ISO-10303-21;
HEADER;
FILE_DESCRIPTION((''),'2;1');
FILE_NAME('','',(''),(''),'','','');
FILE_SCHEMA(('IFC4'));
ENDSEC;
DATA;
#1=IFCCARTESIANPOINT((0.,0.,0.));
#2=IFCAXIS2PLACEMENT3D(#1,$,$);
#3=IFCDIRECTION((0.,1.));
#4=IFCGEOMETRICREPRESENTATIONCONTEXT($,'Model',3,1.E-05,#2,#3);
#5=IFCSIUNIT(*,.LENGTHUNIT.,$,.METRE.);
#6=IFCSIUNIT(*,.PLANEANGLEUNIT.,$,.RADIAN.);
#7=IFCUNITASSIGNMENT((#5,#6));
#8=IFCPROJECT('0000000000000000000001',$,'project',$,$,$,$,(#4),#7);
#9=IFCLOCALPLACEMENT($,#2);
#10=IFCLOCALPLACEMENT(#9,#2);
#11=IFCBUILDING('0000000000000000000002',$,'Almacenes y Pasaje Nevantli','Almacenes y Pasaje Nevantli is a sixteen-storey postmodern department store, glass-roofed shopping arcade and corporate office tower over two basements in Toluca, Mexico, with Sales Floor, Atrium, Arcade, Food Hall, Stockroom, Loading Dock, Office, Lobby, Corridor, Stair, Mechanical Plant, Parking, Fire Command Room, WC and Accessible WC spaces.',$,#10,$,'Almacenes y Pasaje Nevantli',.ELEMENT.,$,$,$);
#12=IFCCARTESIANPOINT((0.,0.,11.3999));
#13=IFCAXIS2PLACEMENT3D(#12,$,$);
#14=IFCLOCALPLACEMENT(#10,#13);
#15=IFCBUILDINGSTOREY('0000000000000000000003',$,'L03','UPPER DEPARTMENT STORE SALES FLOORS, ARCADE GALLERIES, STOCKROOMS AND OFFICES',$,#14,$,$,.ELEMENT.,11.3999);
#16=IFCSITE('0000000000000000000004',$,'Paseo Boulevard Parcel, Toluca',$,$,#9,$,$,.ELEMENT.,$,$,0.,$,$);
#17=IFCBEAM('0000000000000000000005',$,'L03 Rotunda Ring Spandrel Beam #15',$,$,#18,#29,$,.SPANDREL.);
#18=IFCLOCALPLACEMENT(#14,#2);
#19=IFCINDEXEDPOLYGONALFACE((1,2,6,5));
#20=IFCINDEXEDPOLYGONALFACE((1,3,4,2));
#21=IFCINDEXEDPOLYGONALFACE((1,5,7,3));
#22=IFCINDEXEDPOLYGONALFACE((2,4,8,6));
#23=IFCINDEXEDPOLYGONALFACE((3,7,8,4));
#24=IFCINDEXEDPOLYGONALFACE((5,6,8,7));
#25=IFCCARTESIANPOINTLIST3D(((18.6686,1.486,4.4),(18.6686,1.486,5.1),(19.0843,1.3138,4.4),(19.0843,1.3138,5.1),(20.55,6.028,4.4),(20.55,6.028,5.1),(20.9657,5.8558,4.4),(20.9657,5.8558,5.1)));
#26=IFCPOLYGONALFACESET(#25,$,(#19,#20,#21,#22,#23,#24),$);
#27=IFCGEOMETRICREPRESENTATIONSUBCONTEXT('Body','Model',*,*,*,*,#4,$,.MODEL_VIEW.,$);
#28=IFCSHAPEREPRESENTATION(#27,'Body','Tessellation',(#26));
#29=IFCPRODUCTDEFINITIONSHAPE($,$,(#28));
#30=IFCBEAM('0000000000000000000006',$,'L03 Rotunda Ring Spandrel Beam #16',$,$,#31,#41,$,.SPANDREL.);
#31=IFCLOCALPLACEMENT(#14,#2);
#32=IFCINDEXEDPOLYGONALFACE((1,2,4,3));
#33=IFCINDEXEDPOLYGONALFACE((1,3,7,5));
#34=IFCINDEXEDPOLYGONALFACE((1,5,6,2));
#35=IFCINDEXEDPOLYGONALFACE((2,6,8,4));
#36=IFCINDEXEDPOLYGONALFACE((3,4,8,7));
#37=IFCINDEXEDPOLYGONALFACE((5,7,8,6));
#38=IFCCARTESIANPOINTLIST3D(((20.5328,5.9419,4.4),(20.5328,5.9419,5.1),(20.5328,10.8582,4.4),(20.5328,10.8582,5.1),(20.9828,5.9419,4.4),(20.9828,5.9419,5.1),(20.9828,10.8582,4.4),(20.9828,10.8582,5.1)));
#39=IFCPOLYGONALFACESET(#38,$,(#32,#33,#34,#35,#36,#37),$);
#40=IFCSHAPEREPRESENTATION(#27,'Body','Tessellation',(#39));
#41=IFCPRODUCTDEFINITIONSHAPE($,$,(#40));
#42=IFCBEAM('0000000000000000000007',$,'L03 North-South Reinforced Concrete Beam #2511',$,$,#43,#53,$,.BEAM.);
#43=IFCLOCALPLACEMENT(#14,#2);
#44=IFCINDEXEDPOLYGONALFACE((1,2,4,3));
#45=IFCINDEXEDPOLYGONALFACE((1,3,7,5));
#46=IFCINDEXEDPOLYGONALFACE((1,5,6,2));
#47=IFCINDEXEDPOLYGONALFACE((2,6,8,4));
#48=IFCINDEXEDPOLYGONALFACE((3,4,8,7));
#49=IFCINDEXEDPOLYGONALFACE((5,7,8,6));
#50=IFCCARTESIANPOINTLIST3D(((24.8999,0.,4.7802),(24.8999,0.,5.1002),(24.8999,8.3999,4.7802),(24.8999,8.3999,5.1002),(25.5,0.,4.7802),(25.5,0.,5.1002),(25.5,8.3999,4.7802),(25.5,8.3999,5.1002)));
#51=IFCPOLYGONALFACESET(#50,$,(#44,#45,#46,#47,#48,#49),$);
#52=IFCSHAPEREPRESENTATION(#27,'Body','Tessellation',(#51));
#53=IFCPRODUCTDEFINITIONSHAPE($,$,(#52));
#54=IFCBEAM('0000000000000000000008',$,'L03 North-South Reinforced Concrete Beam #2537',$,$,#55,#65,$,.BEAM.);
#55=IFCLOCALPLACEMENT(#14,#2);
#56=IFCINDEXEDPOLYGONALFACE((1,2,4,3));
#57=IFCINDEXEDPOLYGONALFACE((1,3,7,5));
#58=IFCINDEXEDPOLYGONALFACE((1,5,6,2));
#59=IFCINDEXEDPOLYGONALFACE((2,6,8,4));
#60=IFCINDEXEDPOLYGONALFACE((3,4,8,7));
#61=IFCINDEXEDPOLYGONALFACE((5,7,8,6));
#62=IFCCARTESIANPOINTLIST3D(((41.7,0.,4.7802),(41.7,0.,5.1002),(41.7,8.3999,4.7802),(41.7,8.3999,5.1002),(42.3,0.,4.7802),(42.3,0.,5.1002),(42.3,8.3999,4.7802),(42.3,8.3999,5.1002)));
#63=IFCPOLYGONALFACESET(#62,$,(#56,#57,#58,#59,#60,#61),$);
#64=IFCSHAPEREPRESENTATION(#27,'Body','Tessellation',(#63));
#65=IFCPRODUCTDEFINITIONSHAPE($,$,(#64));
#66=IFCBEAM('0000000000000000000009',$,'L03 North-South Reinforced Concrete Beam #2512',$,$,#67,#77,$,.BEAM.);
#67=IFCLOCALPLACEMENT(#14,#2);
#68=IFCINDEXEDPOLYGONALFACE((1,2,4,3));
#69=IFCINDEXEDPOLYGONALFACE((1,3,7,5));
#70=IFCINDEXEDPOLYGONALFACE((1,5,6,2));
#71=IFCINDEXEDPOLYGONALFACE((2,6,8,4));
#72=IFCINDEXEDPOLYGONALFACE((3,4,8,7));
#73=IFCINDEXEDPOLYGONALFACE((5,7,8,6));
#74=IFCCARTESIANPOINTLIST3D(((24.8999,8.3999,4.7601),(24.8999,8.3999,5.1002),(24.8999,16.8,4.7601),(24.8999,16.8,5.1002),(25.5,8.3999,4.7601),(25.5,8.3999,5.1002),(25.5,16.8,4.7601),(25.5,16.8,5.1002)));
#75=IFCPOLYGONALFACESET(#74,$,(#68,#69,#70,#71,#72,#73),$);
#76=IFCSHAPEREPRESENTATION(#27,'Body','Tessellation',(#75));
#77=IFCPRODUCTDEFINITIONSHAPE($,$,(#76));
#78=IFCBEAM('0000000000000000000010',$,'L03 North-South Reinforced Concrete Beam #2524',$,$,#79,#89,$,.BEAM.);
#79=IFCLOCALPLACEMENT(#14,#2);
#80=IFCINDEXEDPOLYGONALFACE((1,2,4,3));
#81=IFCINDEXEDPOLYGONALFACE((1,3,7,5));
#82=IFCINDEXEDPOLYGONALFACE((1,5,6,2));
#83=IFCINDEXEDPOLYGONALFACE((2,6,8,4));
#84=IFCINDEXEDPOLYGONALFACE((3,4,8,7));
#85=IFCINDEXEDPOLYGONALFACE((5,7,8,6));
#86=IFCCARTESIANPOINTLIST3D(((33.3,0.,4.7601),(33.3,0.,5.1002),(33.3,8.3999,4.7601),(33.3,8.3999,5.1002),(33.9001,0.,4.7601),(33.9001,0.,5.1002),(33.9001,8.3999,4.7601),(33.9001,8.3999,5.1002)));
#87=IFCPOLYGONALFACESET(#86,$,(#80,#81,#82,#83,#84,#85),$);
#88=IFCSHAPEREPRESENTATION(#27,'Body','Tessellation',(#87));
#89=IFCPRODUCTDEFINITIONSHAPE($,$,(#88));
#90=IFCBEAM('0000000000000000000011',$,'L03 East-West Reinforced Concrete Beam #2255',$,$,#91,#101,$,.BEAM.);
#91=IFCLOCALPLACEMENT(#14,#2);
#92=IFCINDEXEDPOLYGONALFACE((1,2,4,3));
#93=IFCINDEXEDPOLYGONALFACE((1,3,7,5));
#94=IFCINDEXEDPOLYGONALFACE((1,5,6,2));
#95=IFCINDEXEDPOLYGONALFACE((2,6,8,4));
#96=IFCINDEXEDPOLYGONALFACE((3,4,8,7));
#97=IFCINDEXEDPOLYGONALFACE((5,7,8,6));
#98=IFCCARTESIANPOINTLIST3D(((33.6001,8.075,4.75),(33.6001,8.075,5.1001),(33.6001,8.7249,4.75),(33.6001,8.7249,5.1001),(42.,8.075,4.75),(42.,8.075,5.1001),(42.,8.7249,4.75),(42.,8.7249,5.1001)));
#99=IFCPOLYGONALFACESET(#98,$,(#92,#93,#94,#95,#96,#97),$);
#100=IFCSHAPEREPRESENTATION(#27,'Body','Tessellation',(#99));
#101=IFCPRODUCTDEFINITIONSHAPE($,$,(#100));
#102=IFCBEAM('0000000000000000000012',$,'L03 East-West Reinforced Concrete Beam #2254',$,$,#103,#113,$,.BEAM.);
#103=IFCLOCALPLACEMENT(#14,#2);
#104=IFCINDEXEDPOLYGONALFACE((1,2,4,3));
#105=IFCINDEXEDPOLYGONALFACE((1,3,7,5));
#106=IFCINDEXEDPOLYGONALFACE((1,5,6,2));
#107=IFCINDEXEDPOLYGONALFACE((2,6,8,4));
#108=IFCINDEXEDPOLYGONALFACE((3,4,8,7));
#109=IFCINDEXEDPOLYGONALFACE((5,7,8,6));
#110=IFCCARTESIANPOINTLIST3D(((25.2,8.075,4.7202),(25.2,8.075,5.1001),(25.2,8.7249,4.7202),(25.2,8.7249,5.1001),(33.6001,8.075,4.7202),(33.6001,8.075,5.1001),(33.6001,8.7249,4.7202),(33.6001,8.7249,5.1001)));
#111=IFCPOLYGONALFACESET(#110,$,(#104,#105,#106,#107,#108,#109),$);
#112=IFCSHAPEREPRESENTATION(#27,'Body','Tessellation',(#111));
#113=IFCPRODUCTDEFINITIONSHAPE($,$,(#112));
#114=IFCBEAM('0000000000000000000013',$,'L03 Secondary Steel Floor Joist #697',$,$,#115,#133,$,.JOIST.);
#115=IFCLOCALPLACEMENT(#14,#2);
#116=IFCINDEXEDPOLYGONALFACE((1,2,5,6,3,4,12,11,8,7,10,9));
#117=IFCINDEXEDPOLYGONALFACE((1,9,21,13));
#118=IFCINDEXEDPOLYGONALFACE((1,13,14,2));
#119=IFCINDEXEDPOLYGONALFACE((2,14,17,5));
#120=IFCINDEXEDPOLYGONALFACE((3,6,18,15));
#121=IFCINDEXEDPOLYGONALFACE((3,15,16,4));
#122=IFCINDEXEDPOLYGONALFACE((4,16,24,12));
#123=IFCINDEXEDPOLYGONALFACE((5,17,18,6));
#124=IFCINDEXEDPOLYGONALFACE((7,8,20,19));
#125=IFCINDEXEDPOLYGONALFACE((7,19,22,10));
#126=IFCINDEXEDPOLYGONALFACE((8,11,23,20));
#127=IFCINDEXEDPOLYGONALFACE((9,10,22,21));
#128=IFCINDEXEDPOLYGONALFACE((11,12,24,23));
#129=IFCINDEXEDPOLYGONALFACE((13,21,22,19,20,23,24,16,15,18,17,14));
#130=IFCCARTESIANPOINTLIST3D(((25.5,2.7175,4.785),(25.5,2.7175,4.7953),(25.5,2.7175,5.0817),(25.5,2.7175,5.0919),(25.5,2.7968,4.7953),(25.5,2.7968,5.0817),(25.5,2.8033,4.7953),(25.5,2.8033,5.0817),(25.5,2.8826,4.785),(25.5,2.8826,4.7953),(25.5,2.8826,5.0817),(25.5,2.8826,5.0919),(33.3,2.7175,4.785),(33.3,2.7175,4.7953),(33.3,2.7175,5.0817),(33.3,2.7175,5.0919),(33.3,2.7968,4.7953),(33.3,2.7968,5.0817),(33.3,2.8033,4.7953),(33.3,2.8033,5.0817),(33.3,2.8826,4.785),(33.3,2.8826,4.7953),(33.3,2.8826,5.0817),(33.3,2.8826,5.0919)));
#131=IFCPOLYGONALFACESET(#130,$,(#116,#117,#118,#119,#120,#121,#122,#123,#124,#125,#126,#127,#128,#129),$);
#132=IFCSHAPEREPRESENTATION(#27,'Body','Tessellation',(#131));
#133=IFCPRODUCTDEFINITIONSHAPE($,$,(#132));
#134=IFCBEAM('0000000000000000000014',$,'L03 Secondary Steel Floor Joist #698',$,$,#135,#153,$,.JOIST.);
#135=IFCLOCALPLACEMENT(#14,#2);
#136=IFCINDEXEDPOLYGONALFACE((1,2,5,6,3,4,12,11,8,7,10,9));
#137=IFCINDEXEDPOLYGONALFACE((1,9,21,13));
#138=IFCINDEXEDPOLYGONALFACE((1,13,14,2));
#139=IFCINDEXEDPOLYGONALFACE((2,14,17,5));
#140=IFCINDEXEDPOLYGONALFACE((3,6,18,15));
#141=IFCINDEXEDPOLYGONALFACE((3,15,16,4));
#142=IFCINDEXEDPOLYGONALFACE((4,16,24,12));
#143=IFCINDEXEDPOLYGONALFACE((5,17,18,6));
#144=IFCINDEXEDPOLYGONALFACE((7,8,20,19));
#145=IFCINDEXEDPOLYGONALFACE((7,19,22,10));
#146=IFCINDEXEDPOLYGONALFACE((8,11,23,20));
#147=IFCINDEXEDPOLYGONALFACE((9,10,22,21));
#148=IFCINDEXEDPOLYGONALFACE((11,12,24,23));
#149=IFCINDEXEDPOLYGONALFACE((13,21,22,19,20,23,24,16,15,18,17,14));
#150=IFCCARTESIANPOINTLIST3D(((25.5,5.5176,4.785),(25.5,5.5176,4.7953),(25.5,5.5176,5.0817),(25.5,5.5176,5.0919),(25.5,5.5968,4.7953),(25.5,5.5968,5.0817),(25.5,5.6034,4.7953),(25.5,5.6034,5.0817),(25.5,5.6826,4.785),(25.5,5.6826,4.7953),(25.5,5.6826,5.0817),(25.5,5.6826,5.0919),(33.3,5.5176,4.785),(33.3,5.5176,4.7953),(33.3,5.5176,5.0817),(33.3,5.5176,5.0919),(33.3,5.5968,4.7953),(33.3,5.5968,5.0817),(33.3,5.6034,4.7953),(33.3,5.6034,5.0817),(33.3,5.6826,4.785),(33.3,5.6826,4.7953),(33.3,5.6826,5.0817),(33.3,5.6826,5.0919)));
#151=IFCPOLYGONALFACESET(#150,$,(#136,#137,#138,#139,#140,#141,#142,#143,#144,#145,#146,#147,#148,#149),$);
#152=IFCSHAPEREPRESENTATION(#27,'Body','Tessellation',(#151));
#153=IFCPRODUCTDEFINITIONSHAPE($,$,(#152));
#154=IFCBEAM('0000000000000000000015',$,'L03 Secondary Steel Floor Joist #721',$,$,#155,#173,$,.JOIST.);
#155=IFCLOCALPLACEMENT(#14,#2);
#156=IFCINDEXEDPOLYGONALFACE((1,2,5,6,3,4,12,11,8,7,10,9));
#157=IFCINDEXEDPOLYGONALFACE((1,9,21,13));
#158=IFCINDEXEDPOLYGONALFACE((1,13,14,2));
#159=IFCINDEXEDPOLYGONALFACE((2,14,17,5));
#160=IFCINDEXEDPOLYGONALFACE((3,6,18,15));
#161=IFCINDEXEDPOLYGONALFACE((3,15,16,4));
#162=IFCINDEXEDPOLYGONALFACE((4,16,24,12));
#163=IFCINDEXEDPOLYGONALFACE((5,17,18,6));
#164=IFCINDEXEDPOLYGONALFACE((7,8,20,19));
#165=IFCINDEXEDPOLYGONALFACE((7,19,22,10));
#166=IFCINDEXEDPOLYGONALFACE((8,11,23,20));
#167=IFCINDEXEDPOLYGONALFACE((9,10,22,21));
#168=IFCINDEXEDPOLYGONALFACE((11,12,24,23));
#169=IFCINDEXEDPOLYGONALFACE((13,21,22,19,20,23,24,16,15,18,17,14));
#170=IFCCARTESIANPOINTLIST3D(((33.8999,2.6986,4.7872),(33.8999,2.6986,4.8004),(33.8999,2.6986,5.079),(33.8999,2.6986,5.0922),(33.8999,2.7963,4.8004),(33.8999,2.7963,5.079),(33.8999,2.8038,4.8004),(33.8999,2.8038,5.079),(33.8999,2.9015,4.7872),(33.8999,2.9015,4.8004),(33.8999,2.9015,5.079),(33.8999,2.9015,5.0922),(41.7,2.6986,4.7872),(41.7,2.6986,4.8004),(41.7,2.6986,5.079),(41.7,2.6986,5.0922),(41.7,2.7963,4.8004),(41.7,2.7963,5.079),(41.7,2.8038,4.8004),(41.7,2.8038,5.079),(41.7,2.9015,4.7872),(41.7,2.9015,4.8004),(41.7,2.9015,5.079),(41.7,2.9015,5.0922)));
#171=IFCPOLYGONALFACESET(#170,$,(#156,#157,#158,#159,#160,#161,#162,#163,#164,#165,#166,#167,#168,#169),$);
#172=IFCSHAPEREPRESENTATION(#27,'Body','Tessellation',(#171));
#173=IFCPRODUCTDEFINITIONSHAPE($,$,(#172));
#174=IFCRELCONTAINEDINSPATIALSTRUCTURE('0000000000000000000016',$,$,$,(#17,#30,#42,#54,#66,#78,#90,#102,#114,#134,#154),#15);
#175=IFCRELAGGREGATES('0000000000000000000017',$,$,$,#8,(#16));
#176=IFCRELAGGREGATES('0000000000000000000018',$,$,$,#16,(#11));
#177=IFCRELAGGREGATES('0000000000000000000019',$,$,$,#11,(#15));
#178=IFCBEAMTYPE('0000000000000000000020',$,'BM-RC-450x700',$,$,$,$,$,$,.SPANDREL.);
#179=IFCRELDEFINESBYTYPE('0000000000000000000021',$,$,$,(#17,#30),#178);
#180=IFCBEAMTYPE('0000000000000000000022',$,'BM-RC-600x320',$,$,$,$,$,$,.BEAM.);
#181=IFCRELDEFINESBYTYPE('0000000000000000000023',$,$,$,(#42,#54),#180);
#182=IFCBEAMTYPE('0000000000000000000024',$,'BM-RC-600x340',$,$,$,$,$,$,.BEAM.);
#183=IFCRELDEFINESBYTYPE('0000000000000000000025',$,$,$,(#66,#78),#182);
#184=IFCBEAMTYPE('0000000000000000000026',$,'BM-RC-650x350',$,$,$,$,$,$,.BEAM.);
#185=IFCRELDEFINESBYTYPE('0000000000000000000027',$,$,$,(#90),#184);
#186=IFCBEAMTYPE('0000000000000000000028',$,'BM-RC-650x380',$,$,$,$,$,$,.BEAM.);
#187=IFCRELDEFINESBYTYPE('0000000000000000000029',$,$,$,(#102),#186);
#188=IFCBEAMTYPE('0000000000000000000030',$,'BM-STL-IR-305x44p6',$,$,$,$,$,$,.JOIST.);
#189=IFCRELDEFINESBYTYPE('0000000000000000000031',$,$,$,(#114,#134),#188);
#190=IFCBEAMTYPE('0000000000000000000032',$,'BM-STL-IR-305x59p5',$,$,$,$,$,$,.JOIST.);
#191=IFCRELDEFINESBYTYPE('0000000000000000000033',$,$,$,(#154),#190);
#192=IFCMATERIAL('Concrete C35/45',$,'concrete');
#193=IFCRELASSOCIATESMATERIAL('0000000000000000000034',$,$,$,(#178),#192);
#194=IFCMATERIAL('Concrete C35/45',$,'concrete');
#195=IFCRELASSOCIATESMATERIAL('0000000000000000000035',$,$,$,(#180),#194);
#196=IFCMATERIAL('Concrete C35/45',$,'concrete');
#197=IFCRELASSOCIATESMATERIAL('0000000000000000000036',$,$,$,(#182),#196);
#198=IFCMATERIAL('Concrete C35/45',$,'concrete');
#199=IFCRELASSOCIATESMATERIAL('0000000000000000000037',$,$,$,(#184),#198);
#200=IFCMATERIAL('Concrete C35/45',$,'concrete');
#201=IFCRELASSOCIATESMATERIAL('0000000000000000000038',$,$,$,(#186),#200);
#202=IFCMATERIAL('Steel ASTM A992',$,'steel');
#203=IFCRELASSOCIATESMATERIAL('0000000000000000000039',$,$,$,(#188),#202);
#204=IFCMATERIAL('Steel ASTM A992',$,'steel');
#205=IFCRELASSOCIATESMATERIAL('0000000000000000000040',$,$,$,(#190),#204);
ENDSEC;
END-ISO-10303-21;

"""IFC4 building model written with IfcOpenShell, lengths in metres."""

from ifc_helpers import new_model, si_unit, direction, frame, origin, origin_2d, place, context, subcontext, project, spatial, rectangle, i_section, extrude, material, material_profile, profile_set, type_object, element, save


model = new_model("IFC4")

# Units and contexts
model_context = context("Model", 3, precision=1e-05, world=origin(), true_north=direction((0.0, 1.0)))
body_context = subcontext(model_context, "Body", "Model", "MODEL_VIEW")
ifc_project = project(units=[si_unit("LENGTHUNIT", "METRE"), si_unit("PLANEANGLEUNIT", "RADIAN")], contexts=[model_context])

# Site, building, storey
site_placement = place(None, origin())
site = spatial("IfcSite", under=ifc_project, at=site_placement, Name="Paseo Boulevard Parcel, Toluca", CompositionType="ELEMENT", RefElevation=0.0)
building_placement = place(site_placement, origin())
building = spatial("IfcBuilding", under=site, at=building_placement, Name="Almacenes y Pasaje Nevantli", Description="Almacenes y Pasaje Nevantli is a sixteen-storey postmodern department store, glass-roofed shopping arcade and corporate office tower over two basements in Toluca, Mexico, with Sales Floor, Atrium, Arcade, Food Hall, Stockroom, Loading Dock, Office, Lobby, Corridor, Stair, Mechanical Plant, Parking, Fire Command Room, WC and Accessible WC spaces.", LongName="Almacenes y Pasaje Nevantli", CompositionType="ELEMENT")
storey_placement = place(building_placement, frame((0.0, 0.0, 11.3999)))
storey = spatial("IfcBuildingStorey", under=building, at=storey_placement, Name="L03", Description="UPPER DEPARTMENT STORE SALES FLOORS, ARCADE GALLERIES, STOCKROOMS AND OFFICES", CompositionType="ELEMENT", Elevation=11.3999)

# Beams
ifc_material_1 = material(Name="Concrete C35/45", Category="concrete")
ifc_material_profile_1 = material_profile(ifc_material_1, rectangle(XDim=0.45, YDim=0.7, at=origin_2d()), Name="RC-BM-450x700")
ifc_profile_set_1 = profile_set([ifc_material_profile_1], Name="Concrete C35/45")
beam_type_1 = type_object("IfcBeamType", Name="BM-RC-450x700", PredefinedType="SPANDREL", material=ifc_profile_set_1)
for number, where, z_axis, x_axis, name in (
    (1, (18.8765, 1.3999, 4.75), (0.382682, 0.92388, 0.0), (-0.92388, 0.382682, 0.0), "L03 Rotunda Ring Spandrel Beam #15"),
    (2, (20.7578, 5.9419, 4.75), (0.0, 1.0, 0.0), (-1.0, 0.0, 0.0), "L03 Rotunda Ring Spandrel Beam #16"),
):
    element("IfcBeam", number, at=place(storey_placement, frame(where, z_axis=z_axis, x_axis=x_axis)), inside=storey, type_object=beam_type_1, Name=name, PredefinedType="SPANDREL", context=body_context, shape_type="SweptSolid", body=[
        extrude(rectangle(XDim=0.45, YDim=0.7, at=origin_2d()), origin(), (0.0, 0.0, 1.0), 4.9163),
    ])
ifc_material_2 = material(Name="Concrete C35/45", Category="concrete")
ifc_material_profile_2 = material_profile(ifc_material_2, rectangle(XDim=0.6001, YDim=0.3201, at=origin_2d()), Name="RC-BM-600x320")
ifc_profile_set_2 = profile_set([ifc_material_profile_2], Name="Concrete C35/45")
beam_type_2 = type_object("IfcBeamType", Name="BM-RC-600x320", PredefinedType="BEAM", material=ifc_profile_set_2)
for number, where, z_axis, x_axis, name in (
    (3, (25.2, 0.0, 4.9402), (0.0, 1.0, 0.0), (-1.0, 0.0, 0.0), "L03 North-South Reinforced Concrete Beam #2511"),
    (4, (42.0, 0.0, 4.9402), (0.0, 1.0, 0.0), (-1.0, 0.0, 0.0), "L03 North-South Reinforced Concrete Beam #2537"),
):
    element("IfcBeam", number, at=place(storey_placement, frame(where, z_axis=z_axis, x_axis=x_axis)), inside=storey, type_object=beam_type_2, Name=name, PredefinedType="BEAM", context=body_context, shape_type="SweptSolid", body=[
        extrude(rectangle(XDim=0.6001, YDim=0.3201, at=origin_2d()), origin(), (0.0, 0.0, 1.0), 8.3999),
    ])
ifc_material_3 = material(Name="Concrete C35/45", Category="concrete")
ifc_material_profile_3 = material_profile(ifc_material_3, rectangle(XDim=0.6001, YDim=0.3401, at=origin_2d()), Name="RC-BM-600x340")
ifc_profile_set_3 = profile_set([ifc_material_profile_3], Name="Concrete C35/45")
beam_type_3 = type_object("IfcBeamType", Name="BM-RC-600x340", PredefinedType="BEAM", material=ifc_profile_set_3)
beam_1_placement = place(storey_placement, frame((25.2, 8.3999, 4.9302), z_axis=(0.0, 1.0, 0.0), x_axis=(-1.0, 0.0, 0.0)))
element("IfcBeam", 5, at=beam_1_placement, inside=storey, type_object=beam_type_3, Name="L03 North-South Reinforced Concrete Beam #2512", PredefinedType="BEAM", context=body_context, shape_type="SweptSolid", body=[
    extrude(rectangle(XDim=0.6001, YDim=0.3401, at=origin_2d()), origin(), (0.0, 0.0, 1.0), 8.4001),
])
beam_2_placement = place(storey_placement, frame((33.6001, 0.0, 4.9302), z_axis=(0.0, 1.0, 0.0), x_axis=(-1.0, 0.0, 0.0)))
element("IfcBeam", 6, at=beam_2_placement, inside=storey, type_object=beam_type_3, Name="L03 North-South Reinforced Concrete Beam #2524", PredefinedType="BEAM", context=body_context, shape_type="SweptSolid", body=[
    extrude(rectangle(XDim=0.6001, YDim=0.3401, at=origin_2d()), origin(), (0.0, 0.0, 1.0), 8.3999),
])
ifc_material_4 = material(Name="Concrete C35/45", Category="concrete")
ifc_material_profile_4 = material_profile(ifc_material_4, rectangle(XDim=0.6499, YDim=0.3501, at=origin_2d()), Name="RC-BM-650x350")
ifc_profile_set_4 = profile_set([ifc_material_profile_4], Name="Concrete C35/45")
beam_type_4 = type_object("IfcBeamType", Name="BM-RC-650x350", PredefinedType="BEAM", material=ifc_profile_set_4)
beam_3_placement = place(storey_placement, frame((33.6001, 8.3999, 4.925), z_axis=(1.0, 0.0, 0.0), x_axis=(0.0, 1.0, 0.0)))
element("IfcBeam", 7, at=beam_3_placement, inside=storey, type_object=beam_type_4, Name="L03 East-West Reinforced Concrete Beam #2255", PredefinedType="BEAM", context=body_context, shape_type="SweptSolid", body=[
    extrude(rectangle(XDim=0.6499, YDim=0.3501, at=origin_2d()), origin(), (0.0, 0.0, 1.0), 8.3999),
])
ifc_material_5 = material(Name="Concrete C35/45", Category="concrete")
ifc_material_profile_5 = material_profile(ifc_material_5, rectangle(XDim=0.6499, YDim=0.3799, at=origin_2d()), Name="RC-BM-650x380")
ifc_profile_set_5 = profile_set([ifc_material_profile_5], Name="Concrete C35/45")
beam_type_5 = type_object("IfcBeamType", Name="BM-RC-650x380", PredefinedType="BEAM", material=ifc_profile_set_5)
beam_4_placement = place(storey_placement, frame((25.2, 8.3999, 4.9102), z_axis=(1.0, 0.0, 0.0), x_axis=(0.0, 1.0, 0.0)))
element("IfcBeam", 8, at=beam_4_placement, inside=storey, type_object=beam_type_5, Name="L03 East-West Reinforced Concrete Beam #2254", PredefinedType="BEAM", context=body_context, shape_type="SweptSolid", body=[
    extrude(rectangle(XDim=0.6499, YDim=0.3799, at=origin_2d()), origin(), (0.0, 0.0, 1.0), 8.4001),
])
ifc_material_6 = material(Name="Steel ASTM A992", Category="steel")
ifc_material_profile_6 = material_profile(ifc_material_6, i_section(OverallWidth=0.165, OverallDepth=0.3069, WebThickness=0.0066, FlangeThickness=0.0103, at=origin_2d()), Name="IR 305x44.6")
ifc_profile_set_6 = profile_set([ifc_material_profile_6], Name="Steel ASTM A992")
beam_type_6 = type_object("IfcBeamType", Name="BM-STL-IR-305x44p6", PredefinedType="JOIST", material=ifc_profile_set_6)
for number, where, z_axis, x_axis, name in (
    (9, (25.5, 2.8, 4.9385), (1.0, 0.0, 0.0), (0.0, 1.0, 0.0), "L03 Secondary Steel Floor Joist #697"),
    (10, (25.5, 5.6001, 4.9385), (1.0, 0.0, 0.0), (0.0, 1.0, 0.0), "L03 Secondary Steel Floor Joist #698"),
):
    element("IfcBeam", number, at=place(storey_placement, frame(where, z_axis=z_axis, x_axis=x_axis)), inside=storey, type_object=beam_type_6, Name=name, PredefinedType="JOIST", context=body_context, shape_type="SweptSolid", body=[
        extrude(i_section(OverallWidth=0.165, OverallDepth=0.3069, WebThickness=0.0066, FlangeThickness=0.0103, at=origin_2d()), origin(), (0.0, 0.0, 1.0), 7.8),
    ])
ifc_material_7 = material(Name="Steel ASTM A992", Category="steel")
ifc_material_profile_7 = material_profile(ifc_material_7, i_section(OverallWidth=0.2029, OverallDepth=0.3049, WebThickness=0.0076, FlangeThickness=0.0132, at=origin_2d()), Name="IR 305x59.5")
ifc_profile_set_7 = profile_set([ifc_material_profile_7], Name="Steel ASTM A992")
beam_type_7 = type_object("IfcBeamType", Name="BM-STL-IR-305x59p5", PredefinedType="JOIST", material=ifc_profile_set_7)
for number, where, z_axis, x_axis, name in (
    (11, (33.8999, 2.8, 4.9397), (1.0, 0.0, 0.0), (0.0, 1.0, 0.0), "L03 Secondary Steel Floor Joist #721"),
):
    element("IfcBeam", number, at=place(storey_placement, frame(where, z_axis=z_axis, x_axis=x_axis)), inside=storey, type_object=beam_type_7, Name=name, PredefinedType="JOIST", context=body_context, shape_type="SweptSolid", body=[
        extrude(i_section(OverallWidth=0.2029, OverallDepth=0.3049, WebThickness=0.0076, FlangeThickness=0.0132, at=origin_2d()), origin(), (0.0, 0.0, 1.0), 7.8),
    ])

save(model, "model.ifc")
